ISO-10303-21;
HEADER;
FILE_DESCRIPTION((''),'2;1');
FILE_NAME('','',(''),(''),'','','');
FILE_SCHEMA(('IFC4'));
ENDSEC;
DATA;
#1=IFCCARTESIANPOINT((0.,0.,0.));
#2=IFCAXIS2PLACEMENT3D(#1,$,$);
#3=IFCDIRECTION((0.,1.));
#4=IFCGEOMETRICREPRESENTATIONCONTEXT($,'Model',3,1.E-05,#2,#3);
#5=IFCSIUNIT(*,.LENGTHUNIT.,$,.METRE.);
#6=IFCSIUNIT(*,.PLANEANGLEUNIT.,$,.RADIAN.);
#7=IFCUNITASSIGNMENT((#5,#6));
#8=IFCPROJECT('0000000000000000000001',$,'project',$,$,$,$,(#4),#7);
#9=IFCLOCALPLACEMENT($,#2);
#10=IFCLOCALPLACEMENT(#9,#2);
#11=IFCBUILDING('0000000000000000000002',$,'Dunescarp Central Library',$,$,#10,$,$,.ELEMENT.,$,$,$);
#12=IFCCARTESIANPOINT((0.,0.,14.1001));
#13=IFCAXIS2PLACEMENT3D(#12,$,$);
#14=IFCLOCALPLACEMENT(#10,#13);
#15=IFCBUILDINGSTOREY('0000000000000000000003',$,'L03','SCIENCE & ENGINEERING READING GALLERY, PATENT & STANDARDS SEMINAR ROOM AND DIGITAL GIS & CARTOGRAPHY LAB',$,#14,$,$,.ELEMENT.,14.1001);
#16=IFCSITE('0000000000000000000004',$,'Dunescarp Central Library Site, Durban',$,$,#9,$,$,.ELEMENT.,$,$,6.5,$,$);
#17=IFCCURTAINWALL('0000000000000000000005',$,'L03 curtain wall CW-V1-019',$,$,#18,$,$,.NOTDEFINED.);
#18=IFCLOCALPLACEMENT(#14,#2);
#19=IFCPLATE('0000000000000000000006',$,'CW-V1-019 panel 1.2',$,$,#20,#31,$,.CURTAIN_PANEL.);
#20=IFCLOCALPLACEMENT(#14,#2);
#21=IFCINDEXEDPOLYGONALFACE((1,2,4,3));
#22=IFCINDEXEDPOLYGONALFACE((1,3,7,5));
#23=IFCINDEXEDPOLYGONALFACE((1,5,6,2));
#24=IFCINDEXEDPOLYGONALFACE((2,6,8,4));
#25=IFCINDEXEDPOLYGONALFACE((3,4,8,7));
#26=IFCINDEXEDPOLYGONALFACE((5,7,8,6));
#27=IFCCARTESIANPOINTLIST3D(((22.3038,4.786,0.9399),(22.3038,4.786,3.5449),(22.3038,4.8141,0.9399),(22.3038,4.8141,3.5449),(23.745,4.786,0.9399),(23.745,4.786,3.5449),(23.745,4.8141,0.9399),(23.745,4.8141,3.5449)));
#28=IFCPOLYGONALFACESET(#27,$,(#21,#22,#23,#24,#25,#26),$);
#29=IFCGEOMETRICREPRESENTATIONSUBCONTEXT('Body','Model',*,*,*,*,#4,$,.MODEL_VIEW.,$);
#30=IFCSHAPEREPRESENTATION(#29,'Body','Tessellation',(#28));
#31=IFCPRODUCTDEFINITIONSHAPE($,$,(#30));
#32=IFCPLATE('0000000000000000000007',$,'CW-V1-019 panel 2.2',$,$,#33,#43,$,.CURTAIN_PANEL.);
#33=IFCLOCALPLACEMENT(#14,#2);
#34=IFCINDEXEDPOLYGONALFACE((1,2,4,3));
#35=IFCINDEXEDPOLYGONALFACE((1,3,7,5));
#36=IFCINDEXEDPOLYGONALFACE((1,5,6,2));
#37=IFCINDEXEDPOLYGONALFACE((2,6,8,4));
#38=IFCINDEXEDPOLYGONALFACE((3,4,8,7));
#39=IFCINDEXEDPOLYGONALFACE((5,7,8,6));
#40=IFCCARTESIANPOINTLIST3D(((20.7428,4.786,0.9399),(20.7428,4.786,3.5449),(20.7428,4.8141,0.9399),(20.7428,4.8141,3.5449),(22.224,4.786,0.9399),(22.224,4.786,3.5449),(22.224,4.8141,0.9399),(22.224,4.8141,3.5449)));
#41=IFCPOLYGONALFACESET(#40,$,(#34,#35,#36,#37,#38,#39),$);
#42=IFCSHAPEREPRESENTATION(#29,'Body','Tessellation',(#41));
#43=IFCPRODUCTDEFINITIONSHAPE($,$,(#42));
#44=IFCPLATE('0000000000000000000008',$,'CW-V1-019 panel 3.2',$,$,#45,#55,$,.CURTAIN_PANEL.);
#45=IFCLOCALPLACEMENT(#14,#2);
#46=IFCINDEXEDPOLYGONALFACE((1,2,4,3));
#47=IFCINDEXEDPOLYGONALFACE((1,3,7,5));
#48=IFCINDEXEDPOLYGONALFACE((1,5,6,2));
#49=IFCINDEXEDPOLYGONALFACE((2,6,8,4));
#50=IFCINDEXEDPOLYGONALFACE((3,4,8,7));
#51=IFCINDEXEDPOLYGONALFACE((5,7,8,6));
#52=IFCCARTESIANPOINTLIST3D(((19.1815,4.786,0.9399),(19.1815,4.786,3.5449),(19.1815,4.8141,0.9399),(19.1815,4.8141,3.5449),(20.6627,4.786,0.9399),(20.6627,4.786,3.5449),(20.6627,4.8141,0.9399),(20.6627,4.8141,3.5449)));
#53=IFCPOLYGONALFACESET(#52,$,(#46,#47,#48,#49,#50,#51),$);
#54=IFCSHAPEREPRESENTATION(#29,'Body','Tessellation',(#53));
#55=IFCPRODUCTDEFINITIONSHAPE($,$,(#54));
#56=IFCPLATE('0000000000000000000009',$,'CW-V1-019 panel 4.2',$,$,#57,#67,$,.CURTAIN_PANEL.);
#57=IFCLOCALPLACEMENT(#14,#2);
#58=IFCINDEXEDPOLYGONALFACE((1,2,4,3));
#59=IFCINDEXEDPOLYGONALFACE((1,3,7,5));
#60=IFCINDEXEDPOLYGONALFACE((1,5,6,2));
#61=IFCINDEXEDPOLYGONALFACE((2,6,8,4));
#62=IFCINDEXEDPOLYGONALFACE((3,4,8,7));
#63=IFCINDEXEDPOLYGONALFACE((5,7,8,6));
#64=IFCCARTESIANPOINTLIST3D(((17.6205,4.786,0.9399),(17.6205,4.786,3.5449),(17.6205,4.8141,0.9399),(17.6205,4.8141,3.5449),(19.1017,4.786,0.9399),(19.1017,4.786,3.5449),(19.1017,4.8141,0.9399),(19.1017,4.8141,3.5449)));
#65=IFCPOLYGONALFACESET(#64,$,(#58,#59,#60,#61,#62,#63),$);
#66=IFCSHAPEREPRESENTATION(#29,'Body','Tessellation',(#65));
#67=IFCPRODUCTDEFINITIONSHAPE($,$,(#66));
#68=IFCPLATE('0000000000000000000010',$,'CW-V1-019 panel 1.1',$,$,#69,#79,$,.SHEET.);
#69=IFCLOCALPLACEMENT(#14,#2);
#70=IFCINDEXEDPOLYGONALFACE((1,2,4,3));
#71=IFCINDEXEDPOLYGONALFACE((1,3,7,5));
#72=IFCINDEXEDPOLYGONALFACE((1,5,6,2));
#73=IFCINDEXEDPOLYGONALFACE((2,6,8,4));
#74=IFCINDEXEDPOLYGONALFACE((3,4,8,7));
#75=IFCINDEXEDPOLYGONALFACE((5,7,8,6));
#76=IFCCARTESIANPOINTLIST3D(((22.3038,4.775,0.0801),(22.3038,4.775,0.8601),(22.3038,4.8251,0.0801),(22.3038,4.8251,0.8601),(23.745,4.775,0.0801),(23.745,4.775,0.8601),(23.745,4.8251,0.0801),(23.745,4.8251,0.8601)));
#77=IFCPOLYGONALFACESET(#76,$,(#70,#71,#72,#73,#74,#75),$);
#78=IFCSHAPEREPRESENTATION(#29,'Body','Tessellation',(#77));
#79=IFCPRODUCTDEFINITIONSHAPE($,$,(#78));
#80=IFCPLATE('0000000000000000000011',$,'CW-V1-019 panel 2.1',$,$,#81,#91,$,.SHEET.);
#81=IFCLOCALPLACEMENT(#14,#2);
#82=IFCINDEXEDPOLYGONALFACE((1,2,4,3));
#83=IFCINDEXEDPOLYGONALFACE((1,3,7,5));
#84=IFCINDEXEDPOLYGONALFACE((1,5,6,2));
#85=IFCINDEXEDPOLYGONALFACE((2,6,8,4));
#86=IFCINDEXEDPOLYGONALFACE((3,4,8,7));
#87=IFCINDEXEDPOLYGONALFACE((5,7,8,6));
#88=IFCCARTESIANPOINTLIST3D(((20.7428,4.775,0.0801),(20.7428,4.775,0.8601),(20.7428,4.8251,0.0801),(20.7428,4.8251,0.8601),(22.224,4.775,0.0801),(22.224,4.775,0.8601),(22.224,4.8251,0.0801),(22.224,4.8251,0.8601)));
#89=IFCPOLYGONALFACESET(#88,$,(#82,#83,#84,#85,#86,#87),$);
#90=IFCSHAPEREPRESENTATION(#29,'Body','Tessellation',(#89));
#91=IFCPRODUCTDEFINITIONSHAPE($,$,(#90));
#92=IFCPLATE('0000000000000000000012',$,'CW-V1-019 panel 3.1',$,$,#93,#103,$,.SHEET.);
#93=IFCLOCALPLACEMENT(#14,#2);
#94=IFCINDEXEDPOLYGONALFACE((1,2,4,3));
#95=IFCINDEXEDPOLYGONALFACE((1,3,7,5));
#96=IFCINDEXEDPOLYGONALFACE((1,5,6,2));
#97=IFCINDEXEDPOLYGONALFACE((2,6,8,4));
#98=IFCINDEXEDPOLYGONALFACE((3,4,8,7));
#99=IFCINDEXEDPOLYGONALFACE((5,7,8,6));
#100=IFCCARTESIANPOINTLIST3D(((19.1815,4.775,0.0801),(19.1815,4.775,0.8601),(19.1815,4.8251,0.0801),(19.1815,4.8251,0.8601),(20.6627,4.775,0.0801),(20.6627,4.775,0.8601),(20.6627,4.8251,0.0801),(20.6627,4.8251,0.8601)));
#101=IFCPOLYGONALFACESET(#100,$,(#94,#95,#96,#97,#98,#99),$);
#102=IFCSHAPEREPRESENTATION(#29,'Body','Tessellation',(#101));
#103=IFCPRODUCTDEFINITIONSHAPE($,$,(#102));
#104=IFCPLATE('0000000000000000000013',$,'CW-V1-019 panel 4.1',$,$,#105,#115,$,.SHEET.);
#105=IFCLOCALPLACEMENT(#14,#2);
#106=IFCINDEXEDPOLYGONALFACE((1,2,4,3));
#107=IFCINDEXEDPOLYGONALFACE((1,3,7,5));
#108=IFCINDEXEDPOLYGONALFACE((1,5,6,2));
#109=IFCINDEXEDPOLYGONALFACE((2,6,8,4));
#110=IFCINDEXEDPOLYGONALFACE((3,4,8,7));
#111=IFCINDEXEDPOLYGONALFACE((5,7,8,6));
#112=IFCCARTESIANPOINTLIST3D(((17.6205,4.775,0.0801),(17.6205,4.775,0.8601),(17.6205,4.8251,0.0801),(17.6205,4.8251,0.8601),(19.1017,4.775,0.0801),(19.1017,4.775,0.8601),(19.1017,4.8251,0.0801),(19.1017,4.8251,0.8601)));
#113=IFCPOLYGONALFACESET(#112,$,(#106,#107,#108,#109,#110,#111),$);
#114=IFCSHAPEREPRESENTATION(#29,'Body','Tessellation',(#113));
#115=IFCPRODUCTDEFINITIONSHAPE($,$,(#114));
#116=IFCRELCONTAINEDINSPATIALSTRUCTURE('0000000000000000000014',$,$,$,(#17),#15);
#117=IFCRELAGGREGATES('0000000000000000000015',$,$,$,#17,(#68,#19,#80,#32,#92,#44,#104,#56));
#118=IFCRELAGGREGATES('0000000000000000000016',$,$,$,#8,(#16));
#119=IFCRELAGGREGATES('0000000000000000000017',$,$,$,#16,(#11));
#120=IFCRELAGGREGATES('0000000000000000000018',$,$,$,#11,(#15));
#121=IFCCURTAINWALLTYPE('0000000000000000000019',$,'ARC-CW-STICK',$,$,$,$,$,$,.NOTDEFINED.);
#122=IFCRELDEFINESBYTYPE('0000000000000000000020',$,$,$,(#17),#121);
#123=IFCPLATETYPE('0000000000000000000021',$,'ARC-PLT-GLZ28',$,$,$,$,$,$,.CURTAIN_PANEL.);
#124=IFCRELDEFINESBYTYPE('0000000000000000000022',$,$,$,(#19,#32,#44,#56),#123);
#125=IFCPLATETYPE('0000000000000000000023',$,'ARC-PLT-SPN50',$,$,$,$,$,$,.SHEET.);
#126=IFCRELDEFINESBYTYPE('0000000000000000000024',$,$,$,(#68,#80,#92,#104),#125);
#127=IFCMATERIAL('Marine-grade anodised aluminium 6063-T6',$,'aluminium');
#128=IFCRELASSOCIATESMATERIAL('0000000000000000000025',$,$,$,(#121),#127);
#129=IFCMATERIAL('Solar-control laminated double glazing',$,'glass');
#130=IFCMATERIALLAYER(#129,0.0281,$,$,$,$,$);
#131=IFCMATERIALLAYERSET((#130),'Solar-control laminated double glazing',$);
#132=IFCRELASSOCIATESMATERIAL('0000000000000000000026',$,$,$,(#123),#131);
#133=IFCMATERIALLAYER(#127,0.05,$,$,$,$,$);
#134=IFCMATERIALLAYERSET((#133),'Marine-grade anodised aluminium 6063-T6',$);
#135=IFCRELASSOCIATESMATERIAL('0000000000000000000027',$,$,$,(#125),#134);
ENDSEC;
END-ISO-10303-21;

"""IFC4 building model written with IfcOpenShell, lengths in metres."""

from ifc_helpers import new_model, si_unit, direction, frame, origin, origin_2d, place, context, subcontext, project, spatial, rectangle, extrude, material, layer, layer_set, type_object, element, aggregate, save


model = new_model("IFC4")

# Units and contexts
model_context = context("Model", 3, precision=1e-05, world=origin(), true_north=direction((0.0, 1.0)))
body_context = subcontext(model_context, "Body", "Model", "MODEL_VIEW")
ifc_project = project(units=[si_unit("LENGTHUNIT", "METRE"), si_unit("PLANEANGLEUNIT", "RADIAN")], contexts=[model_context])

# Site, building, storey
site_placement = place(None, origin())
site = spatial("IfcSite", under=ifc_project, at=site_placement, Name="Dunescarp Central Library Site, Durban", CompositionType="ELEMENT", RefElevation=6.5)
building_placement = place(site_placement, origin())
building = spatial("IfcBuilding", under=site, at=building_placement, Name="Dunescarp Central Library", CompositionType="ELEMENT")
storey_placement = place(building_placement, frame((0.0, 0.0, 14.1001)))
storey = spatial("IfcBuildingStorey", under=building, at=storey_placement, Name="L03", Description="SCIENCE & ENGINEERING READING GALLERY, PATENT & STANDARDS SEMINAR ROOM AND DIGITAL GIS & CARTOGRAPHY LAB", CompositionType="ELEMENT", Elevation=14.1001)

# Curtain wall, plates
ifc_material_1 = material(Name="Marine-grade anodised aluminium 6063-T6", Category="aluminium")
curtain_wall_type = type_object("IfcCurtainWallType", Name="ARC-CW-STICK", PredefinedType="NOTDEFINED", material=ifc_material_1)
curtain_wall_placement = place(storey_placement, origin())
curtain_wall = element("IfcCurtainWall", 1, at=curtain_wall_placement, inside=storey, type_object=curtain_wall_type, Name="L03 curtain wall CW-V1-019", PredefinedType="NOTDEFINED")
ifc_material_2 = material(Name="Solar-control laminated double glazing", Category="glass")
ifc_layer_1 = layer(ifc_material_2, 0.0281)
ifc_layer_set_1 = layer_set([ifc_layer_1], Name="Solar-control laminated double glazing")
plate_type_1 = type_object("IfcPlateType", Name="ARC-PLT-GLZ28", PredefinedType="CURTAIN_PANEL", material=ifc_layer_set_1)
plate_1_placement = place(storey_placement, frame((23.0244, 4.8, 0.9399), z_axis=(0.0, 0.0, 1.0), x_axis=(-1.0, 0.0, 0.0)))
plate_1 = element("IfcPlate", 2, at=plate_1_placement, type_object=plate_type_1, Name="CW-V1-019 panel 1.2", PredefinedType="CURTAIN_PANEL", context=body_context, shape_type="SweptSolid", body=[
    extrude(rectangle(XDim=1.4412, YDim=0.0281, at=origin_2d()), origin(), (0.0, 0.0, 1.0), 2.605),
])
plate_2_placement = place(storey_placement, frame((21.4834, 4.8, 0.9399), z_axis=(0.0, 0.0, 1.0), x_axis=(-1.0, 0.0, 0.0)))
plate_2 = element("IfcPlate", 3, at=plate_2_placement, type_object=plate_type_1, Name="CW-V1-019 panel 2.2", PredefinedType="CURTAIN_PANEL", context=body_context, shape_type="SweptSolid", body=[
    extrude(rectangle(XDim=1.4812, YDim=0.0281, at=origin_2d()), origin(), (0.0, 0.0, 1.0), 2.605),
])
plate_3_placement = place(storey_placement, frame((19.9221, 4.8, 0.9399), z_axis=(0.0, 0.0, 1.0), x_axis=(-1.0, 0.0, 0.0)))
plate_3 = element("IfcPlate", 4, at=plate_3_placement, type_object=plate_type_1, Name="CW-V1-019 panel 3.2", PredefinedType="CURTAIN_PANEL", context=body_context, shape_type="SweptSolid", body=[
    extrude(rectangle(XDim=1.4812, YDim=0.0281, at=origin_2d()), origin(), (0.0, 0.0, 1.0), 2.605),
])
plate_4_placement = place(storey_placement, frame((18.3611, 4.8, 0.9399), z_axis=(0.0, 0.0, 1.0), x_axis=(-1.0, 0.0, 0.0)))
plate_4 = element("IfcPlate", 5, at=plate_4_placement, type_object=plate_type_1, Name="CW-V1-019 panel 4.2", PredefinedType="CURTAIN_PANEL", context=body_context, shape_type="SweptSolid", body=[
    extrude(rectangle(XDim=1.4812, YDim=0.0281, at=origin_2d()), origin(), (0.0, 0.0, 1.0), 2.605),
])
ifc_layer_2 = layer(ifc_material_1, 0.05)
ifc_layer_set_2 = layer_set([ifc_layer_2], Name="Marine-grade anodised aluminium 6063-T6")
plate_type_2 = type_object("IfcPlateType", Name="ARC-PLT-SPN50", PredefinedType="SHEET", material=ifc_layer_set_2)
plate_5_placement = place(storey_placement, frame((23.0244, 4.8, 0.0801), z_axis=(0.0, 0.0, 1.0), x_axis=(-1.0, 0.0, 0.0)))
plate_5 = element("IfcPlate", 6, at=plate_5_placement, type_object=plate_type_2, Name="CW-V1-019 panel 1.1", PredefinedType="SHEET", context=body_context, shape_type="SweptSolid", body=[
    extrude(rectangle(XDim=1.4412, YDim=0.05, at=origin_2d()), origin(), (0.0, 0.0, 1.0), 0.78),
])
plate_6_placement = place(storey_placement, frame((21.4834, 4.8, 0.0801), z_axis=(0.0, 0.0, 1.0), x_axis=(-1.0, 0.0, 0.0)))
plate_6 = element("IfcPlate", 7, at=plate_6_placement, type_object=plate_type_2, Name="CW-V1-019 panel 2.1", PredefinedType="SHEET", context=body_context, shape_type="SweptSolid", body=[
    extrude(rectangle(XDim=1.4812, YDim=0.05, at=origin_2d()), origin(), (0.0, 0.0, 1.0), 0.78),
])
plate_7_placement = place(storey_placement, frame((19.9221, 4.8, 0.0801), z_axis=(0.0, 0.0, 1.0), x_axis=(-1.0, 0.0, 0.0)))
plate_7 = element("IfcPlate", 8, at=plate_7_placement, type_object=plate_type_2, Name="CW-V1-019 panel 3.1", PredefinedType="SHEET", context=body_context, shape_type="SweptSolid", body=[
    extrude(rectangle(XDim=1.4812, YDim=0.05, at=origin_2d()), origin(), (0.0, 0.0, 1.0), 0.78),
])
plate_8_placement = place(storey_placement, frame((18.3611, 4.8, 0.0801), z_axis=(0.0, 0.0, 1.0), x_axis=(-1.0, 0.0, 0.0)))
plate_8 = element("IfcPlate", 9, at=plate_8_placement, type_object=plate_type_2, Name="CW-V1-019 panel 4.1", PredefinedType="SHEET", context=body_context, shape_type="SweptSolid", body=[
    extrude(rectangle(XDim=1.4812, YDim=0.05, at=origin_2d()), origin(), (0.0, 0.0, 1.0), 0.78),
])
aggregate(curtain_wall, [plate_5, plate_1, plate_6, plate_2, plate_7, plate_3, plate_8, plate_4])

save(model, "model.ifc")
